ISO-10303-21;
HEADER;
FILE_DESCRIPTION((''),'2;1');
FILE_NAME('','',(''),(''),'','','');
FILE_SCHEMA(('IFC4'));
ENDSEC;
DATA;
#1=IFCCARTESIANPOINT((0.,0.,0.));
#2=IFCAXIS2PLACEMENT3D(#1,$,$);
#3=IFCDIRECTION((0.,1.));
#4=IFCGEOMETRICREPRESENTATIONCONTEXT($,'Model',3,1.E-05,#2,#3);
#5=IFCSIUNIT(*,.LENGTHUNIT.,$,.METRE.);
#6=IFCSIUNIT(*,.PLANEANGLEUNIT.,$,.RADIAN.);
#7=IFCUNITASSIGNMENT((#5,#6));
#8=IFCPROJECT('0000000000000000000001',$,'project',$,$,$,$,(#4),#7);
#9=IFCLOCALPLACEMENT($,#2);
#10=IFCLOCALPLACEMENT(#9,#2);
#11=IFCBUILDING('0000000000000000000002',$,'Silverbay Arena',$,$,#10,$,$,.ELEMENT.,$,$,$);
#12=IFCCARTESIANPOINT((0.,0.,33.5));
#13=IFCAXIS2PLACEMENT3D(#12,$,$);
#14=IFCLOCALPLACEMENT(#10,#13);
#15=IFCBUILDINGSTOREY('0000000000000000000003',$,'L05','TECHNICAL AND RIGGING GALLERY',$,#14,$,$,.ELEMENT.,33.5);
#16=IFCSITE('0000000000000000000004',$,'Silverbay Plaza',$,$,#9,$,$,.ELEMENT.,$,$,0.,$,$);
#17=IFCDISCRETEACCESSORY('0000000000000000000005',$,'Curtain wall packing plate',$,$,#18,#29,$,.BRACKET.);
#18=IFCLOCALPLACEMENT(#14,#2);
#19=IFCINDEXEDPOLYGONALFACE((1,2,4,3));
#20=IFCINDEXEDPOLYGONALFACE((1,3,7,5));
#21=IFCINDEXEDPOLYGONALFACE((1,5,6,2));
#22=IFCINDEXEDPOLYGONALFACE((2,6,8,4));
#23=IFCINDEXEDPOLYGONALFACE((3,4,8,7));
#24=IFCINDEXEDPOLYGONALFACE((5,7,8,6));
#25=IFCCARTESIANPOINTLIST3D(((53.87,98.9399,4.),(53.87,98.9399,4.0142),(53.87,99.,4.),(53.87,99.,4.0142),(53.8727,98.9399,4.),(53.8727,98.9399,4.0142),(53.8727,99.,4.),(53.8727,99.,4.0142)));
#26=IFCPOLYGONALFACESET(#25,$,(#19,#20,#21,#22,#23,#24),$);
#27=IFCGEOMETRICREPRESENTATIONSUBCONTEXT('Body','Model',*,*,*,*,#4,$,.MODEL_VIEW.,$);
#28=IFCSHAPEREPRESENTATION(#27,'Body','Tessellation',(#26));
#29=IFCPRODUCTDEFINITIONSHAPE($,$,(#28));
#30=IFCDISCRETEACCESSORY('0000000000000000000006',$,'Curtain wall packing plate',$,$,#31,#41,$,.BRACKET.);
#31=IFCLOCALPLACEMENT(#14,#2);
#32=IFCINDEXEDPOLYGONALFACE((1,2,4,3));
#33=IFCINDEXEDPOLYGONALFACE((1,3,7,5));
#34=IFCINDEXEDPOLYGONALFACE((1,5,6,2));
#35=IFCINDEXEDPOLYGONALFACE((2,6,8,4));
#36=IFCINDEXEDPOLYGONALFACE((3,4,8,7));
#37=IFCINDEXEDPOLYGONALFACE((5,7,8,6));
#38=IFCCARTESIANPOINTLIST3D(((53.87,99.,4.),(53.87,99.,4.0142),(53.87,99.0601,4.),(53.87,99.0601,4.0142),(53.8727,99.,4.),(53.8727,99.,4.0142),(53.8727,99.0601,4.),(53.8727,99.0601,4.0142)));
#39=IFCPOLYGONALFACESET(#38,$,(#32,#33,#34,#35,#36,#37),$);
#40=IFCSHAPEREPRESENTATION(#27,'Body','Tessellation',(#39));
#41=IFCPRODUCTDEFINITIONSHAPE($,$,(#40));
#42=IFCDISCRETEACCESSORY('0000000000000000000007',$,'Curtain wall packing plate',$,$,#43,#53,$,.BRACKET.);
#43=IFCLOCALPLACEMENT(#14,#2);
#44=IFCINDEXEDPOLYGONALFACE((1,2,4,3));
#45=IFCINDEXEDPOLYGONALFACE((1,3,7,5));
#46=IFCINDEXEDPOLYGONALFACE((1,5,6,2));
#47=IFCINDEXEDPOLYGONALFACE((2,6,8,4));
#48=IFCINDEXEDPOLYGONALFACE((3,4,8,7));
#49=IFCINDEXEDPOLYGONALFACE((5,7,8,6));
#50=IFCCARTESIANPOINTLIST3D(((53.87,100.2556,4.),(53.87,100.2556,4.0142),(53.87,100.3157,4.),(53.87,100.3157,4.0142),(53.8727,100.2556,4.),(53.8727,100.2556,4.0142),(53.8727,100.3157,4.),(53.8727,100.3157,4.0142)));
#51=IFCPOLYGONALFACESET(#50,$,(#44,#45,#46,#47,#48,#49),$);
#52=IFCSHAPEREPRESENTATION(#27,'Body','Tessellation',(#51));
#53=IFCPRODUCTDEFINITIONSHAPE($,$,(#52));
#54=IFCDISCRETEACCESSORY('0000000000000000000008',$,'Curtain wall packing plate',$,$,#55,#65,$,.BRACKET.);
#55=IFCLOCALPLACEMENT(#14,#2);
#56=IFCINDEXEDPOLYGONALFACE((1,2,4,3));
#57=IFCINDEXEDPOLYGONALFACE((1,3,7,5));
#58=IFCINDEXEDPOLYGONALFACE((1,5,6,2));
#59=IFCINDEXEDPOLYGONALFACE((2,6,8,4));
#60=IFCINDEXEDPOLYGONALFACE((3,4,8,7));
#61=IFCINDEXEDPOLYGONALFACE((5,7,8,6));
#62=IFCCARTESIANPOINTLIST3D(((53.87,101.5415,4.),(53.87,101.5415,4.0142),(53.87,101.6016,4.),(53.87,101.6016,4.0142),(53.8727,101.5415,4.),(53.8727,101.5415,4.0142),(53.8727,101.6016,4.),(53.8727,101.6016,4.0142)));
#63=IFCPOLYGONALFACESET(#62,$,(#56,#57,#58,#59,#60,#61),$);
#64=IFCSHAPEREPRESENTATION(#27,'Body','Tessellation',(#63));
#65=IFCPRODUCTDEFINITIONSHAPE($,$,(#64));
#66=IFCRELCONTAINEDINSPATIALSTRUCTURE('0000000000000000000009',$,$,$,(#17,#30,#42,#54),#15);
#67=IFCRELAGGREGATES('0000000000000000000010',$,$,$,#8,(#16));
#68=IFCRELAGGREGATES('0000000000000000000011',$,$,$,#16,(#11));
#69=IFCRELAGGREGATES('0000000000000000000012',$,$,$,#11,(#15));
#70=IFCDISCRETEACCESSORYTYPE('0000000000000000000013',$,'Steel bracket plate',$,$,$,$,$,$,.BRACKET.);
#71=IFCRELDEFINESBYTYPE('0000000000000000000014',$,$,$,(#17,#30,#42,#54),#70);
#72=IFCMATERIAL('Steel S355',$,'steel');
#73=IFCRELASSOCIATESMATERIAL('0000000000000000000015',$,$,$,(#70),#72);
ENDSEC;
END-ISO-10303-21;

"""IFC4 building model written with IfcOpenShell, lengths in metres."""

from ifc_helpers import new_model, si_unit, direction, frame, origin, origin_2d, place, context, subcontext, project, spatial, rectangle, extrude, material, type_object, element, save


model = new_model("IFC4")

# Units and contexts
model_context = context("Model", 3, precision=1e-05, world=origin(), true_north=direction((0.0, 1.0)))
body_context = subcontext(model_context, "Body", "Model", "MODEL_VIEW")
ifc_project = project(units=[si_unit("LENGTHUNIT", "METRE"), si_unit("PLANEANGLEUNIT", "RADIAN")], contexts=[model_context])

# Site, building, storey
site_placement = place(None, origin())
site = spatial("IfcSite", under=ifc_project, at=site_placement, Name="Silverbay Plaza", CompositionType="ELEMENT", RefElevation=0.0)
building_placement = place(site_placement, origin())
building = spatial("IfcBuilding", under=site, at=building_placement, Name="Silverbay Arena", CompositionType="ELEMENT")
storey_placement = place(building_placement, frame((0.0, 0.0, 33.5)))
storey = spatial("IfcBuildingStorey", under=building, at=storey_placement, Name="L05", Description="TECHNICAL AND RIGGING GALLERY", CompositionType="ELEMENT", Elevation=33.5)

# Discrete accessories
ifc_material_1 = material(Name="Steel S355", Category="steel")
discrete_accessory_type = type_object("IfcDiscreteAccessoryType", Name="Steel bracket plate", PredefinedType="BRACKET", material=ifc_material_1)
for number, where, z_axis, x_axis, name in (
    (1, (53.8713, 98.97, 4.0), (0.0, 0.0, 1.0), (1.0, 0.0, 0.0), "Curtain wall packing plate"),
    (2, (53.8713, 99.03, 4.0), (0.0, 0.0, 1.0), (1.0, 0.0, 0.0), "Curtain wall packing plate"),
    (3, (53.8713, 100.2856, 4.0), (0.0, 0.0, 1.0), (1.0, 0.0, 0.0), "Curtain wall packing plate"),
    (4, (53.8713, 101.5715, 4.0), (0.0, 0.0, 1.0), (1.0, 0.0, 0.0), "Curtain wall packing plate"),
):
    element("IfcDiscreteAccessory", number, at=place(storey_placement, frame(where, z_axis=z_axis, x_axis=x_axis)), inside=storey, type_object=discrete_accessory_type, Name=name, PredefinedType="BRACKET", context=body_context, shape_type="SweptSolid", body=[
        extrude(rectangle(XDim=0.0027, YDim=0.0601, at=origin_2d()), origin(), (0.0, 0.0, 1.0), 0.0142),
    ])

save(model, "model.ifc")
